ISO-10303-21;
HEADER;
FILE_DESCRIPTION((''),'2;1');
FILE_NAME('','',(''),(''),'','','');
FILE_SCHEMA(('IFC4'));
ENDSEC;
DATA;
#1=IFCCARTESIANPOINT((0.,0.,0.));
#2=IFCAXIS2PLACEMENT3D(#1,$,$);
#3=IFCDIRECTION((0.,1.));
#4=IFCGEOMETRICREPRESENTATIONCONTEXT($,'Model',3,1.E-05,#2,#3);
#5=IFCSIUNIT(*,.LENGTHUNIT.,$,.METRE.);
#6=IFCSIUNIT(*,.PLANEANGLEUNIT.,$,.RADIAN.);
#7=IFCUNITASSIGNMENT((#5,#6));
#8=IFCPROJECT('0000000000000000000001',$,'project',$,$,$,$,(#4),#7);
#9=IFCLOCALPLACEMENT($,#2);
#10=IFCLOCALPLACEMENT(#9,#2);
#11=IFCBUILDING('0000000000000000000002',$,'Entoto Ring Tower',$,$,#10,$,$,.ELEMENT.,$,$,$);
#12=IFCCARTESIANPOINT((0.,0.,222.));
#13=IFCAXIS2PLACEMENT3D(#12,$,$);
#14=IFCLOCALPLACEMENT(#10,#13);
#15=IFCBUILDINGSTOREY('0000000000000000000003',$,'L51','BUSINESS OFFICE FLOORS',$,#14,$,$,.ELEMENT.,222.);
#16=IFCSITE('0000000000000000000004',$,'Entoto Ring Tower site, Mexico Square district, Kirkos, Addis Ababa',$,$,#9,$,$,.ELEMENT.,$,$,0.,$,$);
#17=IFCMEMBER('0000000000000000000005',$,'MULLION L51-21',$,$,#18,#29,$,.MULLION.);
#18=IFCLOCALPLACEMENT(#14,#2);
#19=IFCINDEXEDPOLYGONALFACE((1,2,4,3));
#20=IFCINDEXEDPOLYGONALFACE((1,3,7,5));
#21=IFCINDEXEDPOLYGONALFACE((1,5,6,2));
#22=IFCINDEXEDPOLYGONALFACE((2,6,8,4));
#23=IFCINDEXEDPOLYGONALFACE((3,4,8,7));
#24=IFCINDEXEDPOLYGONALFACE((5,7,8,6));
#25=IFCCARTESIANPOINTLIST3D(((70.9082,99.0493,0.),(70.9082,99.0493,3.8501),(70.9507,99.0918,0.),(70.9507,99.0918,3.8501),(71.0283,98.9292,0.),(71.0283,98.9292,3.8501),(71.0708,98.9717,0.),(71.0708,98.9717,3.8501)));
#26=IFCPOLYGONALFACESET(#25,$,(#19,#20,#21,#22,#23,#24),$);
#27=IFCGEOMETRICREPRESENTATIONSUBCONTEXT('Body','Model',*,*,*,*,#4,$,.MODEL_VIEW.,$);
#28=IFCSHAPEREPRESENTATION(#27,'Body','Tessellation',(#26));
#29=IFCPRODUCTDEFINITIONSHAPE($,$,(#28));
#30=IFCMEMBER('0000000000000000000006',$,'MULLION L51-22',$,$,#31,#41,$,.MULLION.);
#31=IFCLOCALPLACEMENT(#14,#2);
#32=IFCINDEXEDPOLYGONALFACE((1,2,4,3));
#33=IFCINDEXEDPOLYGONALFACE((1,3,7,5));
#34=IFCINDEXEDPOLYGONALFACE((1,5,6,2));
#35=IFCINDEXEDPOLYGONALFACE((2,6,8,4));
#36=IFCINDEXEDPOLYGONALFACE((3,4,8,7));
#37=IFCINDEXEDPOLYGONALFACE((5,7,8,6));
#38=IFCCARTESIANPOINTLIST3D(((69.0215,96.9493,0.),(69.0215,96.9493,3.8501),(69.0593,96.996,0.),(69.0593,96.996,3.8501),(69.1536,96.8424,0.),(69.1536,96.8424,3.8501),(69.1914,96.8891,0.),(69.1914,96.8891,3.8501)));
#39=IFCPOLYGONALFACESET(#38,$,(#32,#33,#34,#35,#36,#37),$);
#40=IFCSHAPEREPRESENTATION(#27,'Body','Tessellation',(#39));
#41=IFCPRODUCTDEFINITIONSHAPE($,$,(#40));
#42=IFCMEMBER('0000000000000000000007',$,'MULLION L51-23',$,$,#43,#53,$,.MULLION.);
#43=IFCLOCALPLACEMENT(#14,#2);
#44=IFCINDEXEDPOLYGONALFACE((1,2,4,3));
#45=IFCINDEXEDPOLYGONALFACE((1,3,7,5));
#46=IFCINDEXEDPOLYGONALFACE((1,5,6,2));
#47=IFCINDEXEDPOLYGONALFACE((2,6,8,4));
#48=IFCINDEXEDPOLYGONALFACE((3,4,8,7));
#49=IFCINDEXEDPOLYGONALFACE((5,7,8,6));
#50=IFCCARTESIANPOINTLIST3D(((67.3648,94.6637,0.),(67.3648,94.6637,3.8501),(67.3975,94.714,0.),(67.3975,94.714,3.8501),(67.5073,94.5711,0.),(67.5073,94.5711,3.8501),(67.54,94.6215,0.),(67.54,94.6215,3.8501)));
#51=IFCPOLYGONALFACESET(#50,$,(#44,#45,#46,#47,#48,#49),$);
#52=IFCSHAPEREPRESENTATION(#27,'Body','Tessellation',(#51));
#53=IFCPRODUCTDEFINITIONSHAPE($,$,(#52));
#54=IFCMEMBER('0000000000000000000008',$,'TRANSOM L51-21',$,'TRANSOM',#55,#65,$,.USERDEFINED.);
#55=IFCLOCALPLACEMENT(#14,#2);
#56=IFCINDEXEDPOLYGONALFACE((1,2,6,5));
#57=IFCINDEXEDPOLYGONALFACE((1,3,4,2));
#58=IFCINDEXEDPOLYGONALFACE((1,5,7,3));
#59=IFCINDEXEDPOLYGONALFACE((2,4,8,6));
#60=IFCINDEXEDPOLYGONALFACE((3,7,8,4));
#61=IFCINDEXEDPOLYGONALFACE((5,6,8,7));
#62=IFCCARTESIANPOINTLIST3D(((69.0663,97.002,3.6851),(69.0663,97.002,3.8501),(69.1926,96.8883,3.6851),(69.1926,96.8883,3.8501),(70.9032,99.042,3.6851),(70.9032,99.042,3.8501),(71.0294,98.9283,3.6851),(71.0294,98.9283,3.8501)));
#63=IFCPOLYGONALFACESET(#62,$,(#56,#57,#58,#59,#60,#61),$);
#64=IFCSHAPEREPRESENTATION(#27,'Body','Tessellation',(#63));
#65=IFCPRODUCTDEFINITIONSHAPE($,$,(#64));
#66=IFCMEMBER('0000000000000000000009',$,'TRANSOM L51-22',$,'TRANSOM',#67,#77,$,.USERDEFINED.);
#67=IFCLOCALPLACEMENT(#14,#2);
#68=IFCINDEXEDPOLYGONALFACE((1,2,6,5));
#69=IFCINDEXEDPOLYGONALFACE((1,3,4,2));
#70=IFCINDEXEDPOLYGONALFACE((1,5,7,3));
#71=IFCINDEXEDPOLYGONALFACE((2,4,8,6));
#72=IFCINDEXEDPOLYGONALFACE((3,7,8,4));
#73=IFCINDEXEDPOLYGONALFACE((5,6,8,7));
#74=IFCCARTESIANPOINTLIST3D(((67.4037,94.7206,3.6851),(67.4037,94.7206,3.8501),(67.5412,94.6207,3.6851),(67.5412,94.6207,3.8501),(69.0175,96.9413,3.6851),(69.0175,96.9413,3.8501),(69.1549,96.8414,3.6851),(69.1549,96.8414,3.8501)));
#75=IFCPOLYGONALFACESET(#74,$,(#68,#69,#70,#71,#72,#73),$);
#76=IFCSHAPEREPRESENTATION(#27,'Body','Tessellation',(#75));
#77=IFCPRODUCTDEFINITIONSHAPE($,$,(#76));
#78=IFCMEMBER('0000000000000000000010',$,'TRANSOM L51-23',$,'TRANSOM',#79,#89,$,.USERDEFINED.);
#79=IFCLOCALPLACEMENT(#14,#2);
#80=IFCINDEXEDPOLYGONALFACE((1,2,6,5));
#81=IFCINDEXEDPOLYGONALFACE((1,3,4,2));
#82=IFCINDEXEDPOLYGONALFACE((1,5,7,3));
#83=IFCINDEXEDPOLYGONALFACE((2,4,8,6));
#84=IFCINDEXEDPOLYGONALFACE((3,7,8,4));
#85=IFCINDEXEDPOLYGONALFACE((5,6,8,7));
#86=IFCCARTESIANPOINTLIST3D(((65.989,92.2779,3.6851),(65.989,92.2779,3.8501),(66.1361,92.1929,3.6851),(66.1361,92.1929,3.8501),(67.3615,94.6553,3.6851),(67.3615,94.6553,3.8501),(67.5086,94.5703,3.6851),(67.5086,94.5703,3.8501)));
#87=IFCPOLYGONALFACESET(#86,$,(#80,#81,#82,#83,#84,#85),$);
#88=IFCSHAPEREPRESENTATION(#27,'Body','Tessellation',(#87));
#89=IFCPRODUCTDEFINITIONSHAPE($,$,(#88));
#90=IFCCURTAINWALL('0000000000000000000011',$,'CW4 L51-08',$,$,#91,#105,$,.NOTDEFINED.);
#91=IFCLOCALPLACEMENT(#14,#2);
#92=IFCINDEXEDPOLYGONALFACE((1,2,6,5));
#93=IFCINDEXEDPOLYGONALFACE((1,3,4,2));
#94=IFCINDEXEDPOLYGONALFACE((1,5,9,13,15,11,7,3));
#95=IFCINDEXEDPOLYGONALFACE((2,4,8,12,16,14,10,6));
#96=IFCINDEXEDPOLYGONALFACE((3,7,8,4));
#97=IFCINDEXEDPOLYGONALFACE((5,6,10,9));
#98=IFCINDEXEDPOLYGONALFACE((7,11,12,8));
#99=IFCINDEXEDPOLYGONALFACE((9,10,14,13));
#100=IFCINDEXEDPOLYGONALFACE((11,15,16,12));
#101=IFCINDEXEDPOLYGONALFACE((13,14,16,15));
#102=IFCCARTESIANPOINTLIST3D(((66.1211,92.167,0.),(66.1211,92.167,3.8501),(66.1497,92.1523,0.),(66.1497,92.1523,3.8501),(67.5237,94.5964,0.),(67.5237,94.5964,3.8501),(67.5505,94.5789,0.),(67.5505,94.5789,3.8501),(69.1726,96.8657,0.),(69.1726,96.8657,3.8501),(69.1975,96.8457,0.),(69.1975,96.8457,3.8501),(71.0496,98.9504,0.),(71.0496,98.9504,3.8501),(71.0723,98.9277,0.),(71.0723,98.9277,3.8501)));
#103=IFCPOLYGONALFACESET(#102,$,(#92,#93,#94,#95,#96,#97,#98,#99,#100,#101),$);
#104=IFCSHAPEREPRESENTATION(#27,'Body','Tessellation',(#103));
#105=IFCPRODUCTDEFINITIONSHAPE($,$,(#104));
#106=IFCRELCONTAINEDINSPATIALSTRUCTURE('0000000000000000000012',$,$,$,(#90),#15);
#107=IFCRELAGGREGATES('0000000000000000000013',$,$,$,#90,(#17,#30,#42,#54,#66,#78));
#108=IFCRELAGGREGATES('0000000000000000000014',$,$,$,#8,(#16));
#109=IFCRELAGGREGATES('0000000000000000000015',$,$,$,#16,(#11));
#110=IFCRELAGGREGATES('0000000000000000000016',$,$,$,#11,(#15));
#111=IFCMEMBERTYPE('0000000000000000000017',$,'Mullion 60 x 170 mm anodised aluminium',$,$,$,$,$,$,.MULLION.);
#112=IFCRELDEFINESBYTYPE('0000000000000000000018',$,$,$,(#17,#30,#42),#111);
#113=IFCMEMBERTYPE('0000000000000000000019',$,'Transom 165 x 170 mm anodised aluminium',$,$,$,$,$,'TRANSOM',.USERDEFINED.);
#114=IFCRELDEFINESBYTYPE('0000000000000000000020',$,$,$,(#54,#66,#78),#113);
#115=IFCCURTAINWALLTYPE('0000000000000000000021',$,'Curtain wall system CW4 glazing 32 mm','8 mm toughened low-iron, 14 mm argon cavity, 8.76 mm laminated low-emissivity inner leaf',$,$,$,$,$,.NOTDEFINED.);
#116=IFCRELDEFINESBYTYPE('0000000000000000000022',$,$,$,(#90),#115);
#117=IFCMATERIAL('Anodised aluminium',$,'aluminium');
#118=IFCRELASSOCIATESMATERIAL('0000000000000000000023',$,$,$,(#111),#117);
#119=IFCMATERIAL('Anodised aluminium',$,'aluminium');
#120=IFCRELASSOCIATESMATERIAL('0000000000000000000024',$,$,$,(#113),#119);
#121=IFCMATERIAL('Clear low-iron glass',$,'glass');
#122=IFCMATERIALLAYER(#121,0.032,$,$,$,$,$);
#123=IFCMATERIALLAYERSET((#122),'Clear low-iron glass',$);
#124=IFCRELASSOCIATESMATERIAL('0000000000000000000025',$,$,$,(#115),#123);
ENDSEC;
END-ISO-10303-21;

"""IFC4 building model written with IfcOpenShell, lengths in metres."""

from ifc_helpers import new_model, si_unit, direction, frame, origin, origin_2d, place, context, subcontext, project, spatial, polyline, rectangle, outline, extrude, material, layer, layer_set, material_profile, profile_set, type_object, element, aggregate, save


model = new_model("IFC4")

# Units and contexts
model_context = context("Model", 3, precision=1e-05, world=origin(), true_north=direction((0.0, 1.0)))
body_context = subcontext(model_context, "Body", "Model", "MODEL_VIEW")
ifc_project = project(units=[si_unit("LENGTHUNIT", "METRE"), si_unit("PLANEANGLEUNIT", "RADIAN")], contexts=[model_context])

# Members
ifc_material_1 = material(Name="Anodised aluminium", Category="aluminium")
ifc_material_profile_1 = material_profile(ifc_material_1, rectangle(XDim=0.0601, YDim=0.1699, at=origin_2d()), Name="Mullion 60 x 170 mm anodised aluminium")
ifc_profile_set_1 = profile_set([ifc_material_profile_1], Name="Anodised aluminium")
member_type_1 = type_object("IfcMemberType", Name="Mullion 60 x 170 mm anodised aluminium", PredefinedType="MULLION", material=ifc_profile_set_1)
site_placement = place(None, origin())
building_placement = place(site_placement, origin())
storey_placement = place(building_placement, frame((0.0, 0.0, 222.0)))
member_1_placement = place(storey_placement, frame((70.9895, 99.0105, 0.0), z_axis=(0.0, 0.0, 1.0), x_axis=(-0.707107, -0.707107, 0.0)))
member_1 = element("IfcMember", 1, at=member_1_placement, type_object=member_type_1, Name="MULLION L51-21", PredefinedType="MULLION", context=body_context, shape_type="SweptSolid", body=[
    extrude(rectangle(XDim=0.0601, YDim=0.1699, at=origin_2d()), origin(), (0.0, 0.0, 1.0), 3.8501),
])
member_2_placement = place(storey_placement, frame((69.1064, 96.9192, 0.0), z_axis=(0.0, 0.0, 1.0), x_axis=(-0.62932, -0.777146, 0.0)))
member_2 = element("IfcMember", 2, at=member_2_placement, type_object=member_type_1, Name="MULLION L51-22", PredefinedType="MULLION", context=body_context, shape_type="SweptSolid", body=[
    extrude(rectangle(XDim=0.0601, YDim=0.1699, at=origin_2d()), origin(), (0.0, 0.0, 1.0), 3.8501),
])
member_3_placement = place(storey_placement, frame((67.4524, 94.6426, 0.0), z_axis=(0.0, 0.0, 1.0), x_axis=(-0.544639, -0.838671, 0.0)))
member_3 = element("IfcMember", 3, at=member_3_placement, type_object=member_type_1, Name="MULLION L51-23", PredefinedType="MULLION", context=body_context, shape_type="SweptSolid", body=[
    extrude(rectangle(XDim=0.0601, YDim=0.1699, at=origin_2d()), origin(), (0.0, 0.0, 1.0), 3.8501),
])
ifc_material_2 = material(Name="Anodised aluminium", Category="aluminium")
ifc_material_profile_2 = material_profile(ifc_material_2, rectangle(XDim=0.1699, YDim=0.165, at=origin_2d()), Name="Transom 165 x 170 mm anodised aluminium")
ifc_profile_set_2 = profile_set([ifc_material_profile_2], Name="Anodised aluminium")
member_type_2 = type_object("IfcMemberType", Name="Transom 165 x 170 mm anodised aluminium", ElementType="TRANSOM", PredefinedType="USERDEFINED", material=ifc_profile_set_2)
member_4_placement = place(storey_placement, frame((70.9663, 98.9851, 3.7676), z_axis=(-0.669142, -0.743135, 0.0), x_axis=(0.743135, -0.669142, 0.0)))
member_4 = element("IfcMember", 4, at=member_4_placement, type_object=member_type_2, Name="TRANSOM L51-21", ObjectType="TRANSOM", PredefinedType="USERDEFINED", context=body_context, shape_type="SweptSolid", body=[
    extrude(rectangle(XDim=0.1699, YDim=0.165, at=origin_2d()), origin(), (0.0, 0.0, 1.0), 2.7451),
])
member_5_placement = place(storey_placement, frame((69.0862, 96.8914, 3.7676), z_axis=(-0.587865, -0.808959, 0.0), x_axis=(0.808959, -0.587865, 0.0)))
member_5 = element("IfcMember", 5, at=member_5_placement, type_object=member_type_2, Name="TRANSOM L51-22", ObjectType="TRANSOM", PredefinedType="USERDEFINED", context=body_context, shape_type="SweptSolid", body=[
    extrude(rectangle(XDim=0.1699, YDim=0.165, at=origin_2d()), origin(), (0.0, 0.0, 1.0), 2.7451),
])
member_6_placement = place(storey_placement, frame((67.4351, 94.6128, 3.7676), z_axis=(-0.499984, -0.866035, 0.0), x_axis=(0.866035, -0.499984, 0.0)))
member_6 = element("IfcMember", 6, at=member_6_placement, type_object=member_type_2, Name="TRANSOM L51-23", ObjectType="TRANSOM", PredefinedType="USERDEFINED", context=body_context, shape_type="SweptSolid", body=[
    extrude(rectangle(XDim=0.1699, YDim=0.165, at=origin_2d()), origin(), (0.0, 0.0, 1.0), 2.7451),
])

# Site, building, storey
site = spatial("IfcSite", under=ifc_project, at=site_placement, Name="Entoto Ring Tower site, Mexico Square district, Kirkos, Addis Ababa", CompositionType="ELEMENT", RefElevation=0.0)
building = spatial("IfcBuilding", under=site, at=building_placement, Name="Entoto Ring Tower", CompositionType="ELEMENT")
storey = spatial("IfcBuildingStorey", under=building, at=storey_placement, Name="L51", Description="BUSINESS OFFICE FLOORS", CompositionType="ELEMENT", Elevation=222.0)

# Curtain wall
ifc_material_3 = material(Name="Clear low-iron glass", Category="glass")
ifc_layer = layer(ifc_material_3, 0.032)
ifc_layer_set = layer_set([ifc_layer], Name="Clear low-iron glass")
curtain_wall_type = type_object("IfcCurtainWallType", Name="Curtain wall system CW4 glazing 32 mm", Description="8 mm toughened low-iron, 14 mm argon cavity, 8.76 mm laminated low-emissivity inner leaf", PredefinedType="NOTDEFINED", material=ifc_layer_set)
curtain_wall_1_placement = place(storey_placement, origin())
curtain_wall_1 = element("IfcCurtainWall", 7, at=curtain_wall_1_placement, inside=storey, type_object=curtain_wall_type, Name="CW4 L51-08", PredefinedType="NOTDEFINED", context=body_context, shape_type="SweptSolid", body=[
    extrude(outline(polyline([(71.0496, 98.9504), (69.1726, 96.8657), (67.5237, 94.5964), (66.1211, 92.167), (66.1497, 92.1523), (67.5505, 94.5789), (69.1975, 96.8457), (71.0723, 98.9277), (71.0496, 98.9504)])), origin(), (0.0, 0.0, 1.0), 3.8501),
])
aggregate(curtain_wall_1, [member_1, member_2, member_3, member_4, member_5, member_6])

save(model, "model.ifc")
